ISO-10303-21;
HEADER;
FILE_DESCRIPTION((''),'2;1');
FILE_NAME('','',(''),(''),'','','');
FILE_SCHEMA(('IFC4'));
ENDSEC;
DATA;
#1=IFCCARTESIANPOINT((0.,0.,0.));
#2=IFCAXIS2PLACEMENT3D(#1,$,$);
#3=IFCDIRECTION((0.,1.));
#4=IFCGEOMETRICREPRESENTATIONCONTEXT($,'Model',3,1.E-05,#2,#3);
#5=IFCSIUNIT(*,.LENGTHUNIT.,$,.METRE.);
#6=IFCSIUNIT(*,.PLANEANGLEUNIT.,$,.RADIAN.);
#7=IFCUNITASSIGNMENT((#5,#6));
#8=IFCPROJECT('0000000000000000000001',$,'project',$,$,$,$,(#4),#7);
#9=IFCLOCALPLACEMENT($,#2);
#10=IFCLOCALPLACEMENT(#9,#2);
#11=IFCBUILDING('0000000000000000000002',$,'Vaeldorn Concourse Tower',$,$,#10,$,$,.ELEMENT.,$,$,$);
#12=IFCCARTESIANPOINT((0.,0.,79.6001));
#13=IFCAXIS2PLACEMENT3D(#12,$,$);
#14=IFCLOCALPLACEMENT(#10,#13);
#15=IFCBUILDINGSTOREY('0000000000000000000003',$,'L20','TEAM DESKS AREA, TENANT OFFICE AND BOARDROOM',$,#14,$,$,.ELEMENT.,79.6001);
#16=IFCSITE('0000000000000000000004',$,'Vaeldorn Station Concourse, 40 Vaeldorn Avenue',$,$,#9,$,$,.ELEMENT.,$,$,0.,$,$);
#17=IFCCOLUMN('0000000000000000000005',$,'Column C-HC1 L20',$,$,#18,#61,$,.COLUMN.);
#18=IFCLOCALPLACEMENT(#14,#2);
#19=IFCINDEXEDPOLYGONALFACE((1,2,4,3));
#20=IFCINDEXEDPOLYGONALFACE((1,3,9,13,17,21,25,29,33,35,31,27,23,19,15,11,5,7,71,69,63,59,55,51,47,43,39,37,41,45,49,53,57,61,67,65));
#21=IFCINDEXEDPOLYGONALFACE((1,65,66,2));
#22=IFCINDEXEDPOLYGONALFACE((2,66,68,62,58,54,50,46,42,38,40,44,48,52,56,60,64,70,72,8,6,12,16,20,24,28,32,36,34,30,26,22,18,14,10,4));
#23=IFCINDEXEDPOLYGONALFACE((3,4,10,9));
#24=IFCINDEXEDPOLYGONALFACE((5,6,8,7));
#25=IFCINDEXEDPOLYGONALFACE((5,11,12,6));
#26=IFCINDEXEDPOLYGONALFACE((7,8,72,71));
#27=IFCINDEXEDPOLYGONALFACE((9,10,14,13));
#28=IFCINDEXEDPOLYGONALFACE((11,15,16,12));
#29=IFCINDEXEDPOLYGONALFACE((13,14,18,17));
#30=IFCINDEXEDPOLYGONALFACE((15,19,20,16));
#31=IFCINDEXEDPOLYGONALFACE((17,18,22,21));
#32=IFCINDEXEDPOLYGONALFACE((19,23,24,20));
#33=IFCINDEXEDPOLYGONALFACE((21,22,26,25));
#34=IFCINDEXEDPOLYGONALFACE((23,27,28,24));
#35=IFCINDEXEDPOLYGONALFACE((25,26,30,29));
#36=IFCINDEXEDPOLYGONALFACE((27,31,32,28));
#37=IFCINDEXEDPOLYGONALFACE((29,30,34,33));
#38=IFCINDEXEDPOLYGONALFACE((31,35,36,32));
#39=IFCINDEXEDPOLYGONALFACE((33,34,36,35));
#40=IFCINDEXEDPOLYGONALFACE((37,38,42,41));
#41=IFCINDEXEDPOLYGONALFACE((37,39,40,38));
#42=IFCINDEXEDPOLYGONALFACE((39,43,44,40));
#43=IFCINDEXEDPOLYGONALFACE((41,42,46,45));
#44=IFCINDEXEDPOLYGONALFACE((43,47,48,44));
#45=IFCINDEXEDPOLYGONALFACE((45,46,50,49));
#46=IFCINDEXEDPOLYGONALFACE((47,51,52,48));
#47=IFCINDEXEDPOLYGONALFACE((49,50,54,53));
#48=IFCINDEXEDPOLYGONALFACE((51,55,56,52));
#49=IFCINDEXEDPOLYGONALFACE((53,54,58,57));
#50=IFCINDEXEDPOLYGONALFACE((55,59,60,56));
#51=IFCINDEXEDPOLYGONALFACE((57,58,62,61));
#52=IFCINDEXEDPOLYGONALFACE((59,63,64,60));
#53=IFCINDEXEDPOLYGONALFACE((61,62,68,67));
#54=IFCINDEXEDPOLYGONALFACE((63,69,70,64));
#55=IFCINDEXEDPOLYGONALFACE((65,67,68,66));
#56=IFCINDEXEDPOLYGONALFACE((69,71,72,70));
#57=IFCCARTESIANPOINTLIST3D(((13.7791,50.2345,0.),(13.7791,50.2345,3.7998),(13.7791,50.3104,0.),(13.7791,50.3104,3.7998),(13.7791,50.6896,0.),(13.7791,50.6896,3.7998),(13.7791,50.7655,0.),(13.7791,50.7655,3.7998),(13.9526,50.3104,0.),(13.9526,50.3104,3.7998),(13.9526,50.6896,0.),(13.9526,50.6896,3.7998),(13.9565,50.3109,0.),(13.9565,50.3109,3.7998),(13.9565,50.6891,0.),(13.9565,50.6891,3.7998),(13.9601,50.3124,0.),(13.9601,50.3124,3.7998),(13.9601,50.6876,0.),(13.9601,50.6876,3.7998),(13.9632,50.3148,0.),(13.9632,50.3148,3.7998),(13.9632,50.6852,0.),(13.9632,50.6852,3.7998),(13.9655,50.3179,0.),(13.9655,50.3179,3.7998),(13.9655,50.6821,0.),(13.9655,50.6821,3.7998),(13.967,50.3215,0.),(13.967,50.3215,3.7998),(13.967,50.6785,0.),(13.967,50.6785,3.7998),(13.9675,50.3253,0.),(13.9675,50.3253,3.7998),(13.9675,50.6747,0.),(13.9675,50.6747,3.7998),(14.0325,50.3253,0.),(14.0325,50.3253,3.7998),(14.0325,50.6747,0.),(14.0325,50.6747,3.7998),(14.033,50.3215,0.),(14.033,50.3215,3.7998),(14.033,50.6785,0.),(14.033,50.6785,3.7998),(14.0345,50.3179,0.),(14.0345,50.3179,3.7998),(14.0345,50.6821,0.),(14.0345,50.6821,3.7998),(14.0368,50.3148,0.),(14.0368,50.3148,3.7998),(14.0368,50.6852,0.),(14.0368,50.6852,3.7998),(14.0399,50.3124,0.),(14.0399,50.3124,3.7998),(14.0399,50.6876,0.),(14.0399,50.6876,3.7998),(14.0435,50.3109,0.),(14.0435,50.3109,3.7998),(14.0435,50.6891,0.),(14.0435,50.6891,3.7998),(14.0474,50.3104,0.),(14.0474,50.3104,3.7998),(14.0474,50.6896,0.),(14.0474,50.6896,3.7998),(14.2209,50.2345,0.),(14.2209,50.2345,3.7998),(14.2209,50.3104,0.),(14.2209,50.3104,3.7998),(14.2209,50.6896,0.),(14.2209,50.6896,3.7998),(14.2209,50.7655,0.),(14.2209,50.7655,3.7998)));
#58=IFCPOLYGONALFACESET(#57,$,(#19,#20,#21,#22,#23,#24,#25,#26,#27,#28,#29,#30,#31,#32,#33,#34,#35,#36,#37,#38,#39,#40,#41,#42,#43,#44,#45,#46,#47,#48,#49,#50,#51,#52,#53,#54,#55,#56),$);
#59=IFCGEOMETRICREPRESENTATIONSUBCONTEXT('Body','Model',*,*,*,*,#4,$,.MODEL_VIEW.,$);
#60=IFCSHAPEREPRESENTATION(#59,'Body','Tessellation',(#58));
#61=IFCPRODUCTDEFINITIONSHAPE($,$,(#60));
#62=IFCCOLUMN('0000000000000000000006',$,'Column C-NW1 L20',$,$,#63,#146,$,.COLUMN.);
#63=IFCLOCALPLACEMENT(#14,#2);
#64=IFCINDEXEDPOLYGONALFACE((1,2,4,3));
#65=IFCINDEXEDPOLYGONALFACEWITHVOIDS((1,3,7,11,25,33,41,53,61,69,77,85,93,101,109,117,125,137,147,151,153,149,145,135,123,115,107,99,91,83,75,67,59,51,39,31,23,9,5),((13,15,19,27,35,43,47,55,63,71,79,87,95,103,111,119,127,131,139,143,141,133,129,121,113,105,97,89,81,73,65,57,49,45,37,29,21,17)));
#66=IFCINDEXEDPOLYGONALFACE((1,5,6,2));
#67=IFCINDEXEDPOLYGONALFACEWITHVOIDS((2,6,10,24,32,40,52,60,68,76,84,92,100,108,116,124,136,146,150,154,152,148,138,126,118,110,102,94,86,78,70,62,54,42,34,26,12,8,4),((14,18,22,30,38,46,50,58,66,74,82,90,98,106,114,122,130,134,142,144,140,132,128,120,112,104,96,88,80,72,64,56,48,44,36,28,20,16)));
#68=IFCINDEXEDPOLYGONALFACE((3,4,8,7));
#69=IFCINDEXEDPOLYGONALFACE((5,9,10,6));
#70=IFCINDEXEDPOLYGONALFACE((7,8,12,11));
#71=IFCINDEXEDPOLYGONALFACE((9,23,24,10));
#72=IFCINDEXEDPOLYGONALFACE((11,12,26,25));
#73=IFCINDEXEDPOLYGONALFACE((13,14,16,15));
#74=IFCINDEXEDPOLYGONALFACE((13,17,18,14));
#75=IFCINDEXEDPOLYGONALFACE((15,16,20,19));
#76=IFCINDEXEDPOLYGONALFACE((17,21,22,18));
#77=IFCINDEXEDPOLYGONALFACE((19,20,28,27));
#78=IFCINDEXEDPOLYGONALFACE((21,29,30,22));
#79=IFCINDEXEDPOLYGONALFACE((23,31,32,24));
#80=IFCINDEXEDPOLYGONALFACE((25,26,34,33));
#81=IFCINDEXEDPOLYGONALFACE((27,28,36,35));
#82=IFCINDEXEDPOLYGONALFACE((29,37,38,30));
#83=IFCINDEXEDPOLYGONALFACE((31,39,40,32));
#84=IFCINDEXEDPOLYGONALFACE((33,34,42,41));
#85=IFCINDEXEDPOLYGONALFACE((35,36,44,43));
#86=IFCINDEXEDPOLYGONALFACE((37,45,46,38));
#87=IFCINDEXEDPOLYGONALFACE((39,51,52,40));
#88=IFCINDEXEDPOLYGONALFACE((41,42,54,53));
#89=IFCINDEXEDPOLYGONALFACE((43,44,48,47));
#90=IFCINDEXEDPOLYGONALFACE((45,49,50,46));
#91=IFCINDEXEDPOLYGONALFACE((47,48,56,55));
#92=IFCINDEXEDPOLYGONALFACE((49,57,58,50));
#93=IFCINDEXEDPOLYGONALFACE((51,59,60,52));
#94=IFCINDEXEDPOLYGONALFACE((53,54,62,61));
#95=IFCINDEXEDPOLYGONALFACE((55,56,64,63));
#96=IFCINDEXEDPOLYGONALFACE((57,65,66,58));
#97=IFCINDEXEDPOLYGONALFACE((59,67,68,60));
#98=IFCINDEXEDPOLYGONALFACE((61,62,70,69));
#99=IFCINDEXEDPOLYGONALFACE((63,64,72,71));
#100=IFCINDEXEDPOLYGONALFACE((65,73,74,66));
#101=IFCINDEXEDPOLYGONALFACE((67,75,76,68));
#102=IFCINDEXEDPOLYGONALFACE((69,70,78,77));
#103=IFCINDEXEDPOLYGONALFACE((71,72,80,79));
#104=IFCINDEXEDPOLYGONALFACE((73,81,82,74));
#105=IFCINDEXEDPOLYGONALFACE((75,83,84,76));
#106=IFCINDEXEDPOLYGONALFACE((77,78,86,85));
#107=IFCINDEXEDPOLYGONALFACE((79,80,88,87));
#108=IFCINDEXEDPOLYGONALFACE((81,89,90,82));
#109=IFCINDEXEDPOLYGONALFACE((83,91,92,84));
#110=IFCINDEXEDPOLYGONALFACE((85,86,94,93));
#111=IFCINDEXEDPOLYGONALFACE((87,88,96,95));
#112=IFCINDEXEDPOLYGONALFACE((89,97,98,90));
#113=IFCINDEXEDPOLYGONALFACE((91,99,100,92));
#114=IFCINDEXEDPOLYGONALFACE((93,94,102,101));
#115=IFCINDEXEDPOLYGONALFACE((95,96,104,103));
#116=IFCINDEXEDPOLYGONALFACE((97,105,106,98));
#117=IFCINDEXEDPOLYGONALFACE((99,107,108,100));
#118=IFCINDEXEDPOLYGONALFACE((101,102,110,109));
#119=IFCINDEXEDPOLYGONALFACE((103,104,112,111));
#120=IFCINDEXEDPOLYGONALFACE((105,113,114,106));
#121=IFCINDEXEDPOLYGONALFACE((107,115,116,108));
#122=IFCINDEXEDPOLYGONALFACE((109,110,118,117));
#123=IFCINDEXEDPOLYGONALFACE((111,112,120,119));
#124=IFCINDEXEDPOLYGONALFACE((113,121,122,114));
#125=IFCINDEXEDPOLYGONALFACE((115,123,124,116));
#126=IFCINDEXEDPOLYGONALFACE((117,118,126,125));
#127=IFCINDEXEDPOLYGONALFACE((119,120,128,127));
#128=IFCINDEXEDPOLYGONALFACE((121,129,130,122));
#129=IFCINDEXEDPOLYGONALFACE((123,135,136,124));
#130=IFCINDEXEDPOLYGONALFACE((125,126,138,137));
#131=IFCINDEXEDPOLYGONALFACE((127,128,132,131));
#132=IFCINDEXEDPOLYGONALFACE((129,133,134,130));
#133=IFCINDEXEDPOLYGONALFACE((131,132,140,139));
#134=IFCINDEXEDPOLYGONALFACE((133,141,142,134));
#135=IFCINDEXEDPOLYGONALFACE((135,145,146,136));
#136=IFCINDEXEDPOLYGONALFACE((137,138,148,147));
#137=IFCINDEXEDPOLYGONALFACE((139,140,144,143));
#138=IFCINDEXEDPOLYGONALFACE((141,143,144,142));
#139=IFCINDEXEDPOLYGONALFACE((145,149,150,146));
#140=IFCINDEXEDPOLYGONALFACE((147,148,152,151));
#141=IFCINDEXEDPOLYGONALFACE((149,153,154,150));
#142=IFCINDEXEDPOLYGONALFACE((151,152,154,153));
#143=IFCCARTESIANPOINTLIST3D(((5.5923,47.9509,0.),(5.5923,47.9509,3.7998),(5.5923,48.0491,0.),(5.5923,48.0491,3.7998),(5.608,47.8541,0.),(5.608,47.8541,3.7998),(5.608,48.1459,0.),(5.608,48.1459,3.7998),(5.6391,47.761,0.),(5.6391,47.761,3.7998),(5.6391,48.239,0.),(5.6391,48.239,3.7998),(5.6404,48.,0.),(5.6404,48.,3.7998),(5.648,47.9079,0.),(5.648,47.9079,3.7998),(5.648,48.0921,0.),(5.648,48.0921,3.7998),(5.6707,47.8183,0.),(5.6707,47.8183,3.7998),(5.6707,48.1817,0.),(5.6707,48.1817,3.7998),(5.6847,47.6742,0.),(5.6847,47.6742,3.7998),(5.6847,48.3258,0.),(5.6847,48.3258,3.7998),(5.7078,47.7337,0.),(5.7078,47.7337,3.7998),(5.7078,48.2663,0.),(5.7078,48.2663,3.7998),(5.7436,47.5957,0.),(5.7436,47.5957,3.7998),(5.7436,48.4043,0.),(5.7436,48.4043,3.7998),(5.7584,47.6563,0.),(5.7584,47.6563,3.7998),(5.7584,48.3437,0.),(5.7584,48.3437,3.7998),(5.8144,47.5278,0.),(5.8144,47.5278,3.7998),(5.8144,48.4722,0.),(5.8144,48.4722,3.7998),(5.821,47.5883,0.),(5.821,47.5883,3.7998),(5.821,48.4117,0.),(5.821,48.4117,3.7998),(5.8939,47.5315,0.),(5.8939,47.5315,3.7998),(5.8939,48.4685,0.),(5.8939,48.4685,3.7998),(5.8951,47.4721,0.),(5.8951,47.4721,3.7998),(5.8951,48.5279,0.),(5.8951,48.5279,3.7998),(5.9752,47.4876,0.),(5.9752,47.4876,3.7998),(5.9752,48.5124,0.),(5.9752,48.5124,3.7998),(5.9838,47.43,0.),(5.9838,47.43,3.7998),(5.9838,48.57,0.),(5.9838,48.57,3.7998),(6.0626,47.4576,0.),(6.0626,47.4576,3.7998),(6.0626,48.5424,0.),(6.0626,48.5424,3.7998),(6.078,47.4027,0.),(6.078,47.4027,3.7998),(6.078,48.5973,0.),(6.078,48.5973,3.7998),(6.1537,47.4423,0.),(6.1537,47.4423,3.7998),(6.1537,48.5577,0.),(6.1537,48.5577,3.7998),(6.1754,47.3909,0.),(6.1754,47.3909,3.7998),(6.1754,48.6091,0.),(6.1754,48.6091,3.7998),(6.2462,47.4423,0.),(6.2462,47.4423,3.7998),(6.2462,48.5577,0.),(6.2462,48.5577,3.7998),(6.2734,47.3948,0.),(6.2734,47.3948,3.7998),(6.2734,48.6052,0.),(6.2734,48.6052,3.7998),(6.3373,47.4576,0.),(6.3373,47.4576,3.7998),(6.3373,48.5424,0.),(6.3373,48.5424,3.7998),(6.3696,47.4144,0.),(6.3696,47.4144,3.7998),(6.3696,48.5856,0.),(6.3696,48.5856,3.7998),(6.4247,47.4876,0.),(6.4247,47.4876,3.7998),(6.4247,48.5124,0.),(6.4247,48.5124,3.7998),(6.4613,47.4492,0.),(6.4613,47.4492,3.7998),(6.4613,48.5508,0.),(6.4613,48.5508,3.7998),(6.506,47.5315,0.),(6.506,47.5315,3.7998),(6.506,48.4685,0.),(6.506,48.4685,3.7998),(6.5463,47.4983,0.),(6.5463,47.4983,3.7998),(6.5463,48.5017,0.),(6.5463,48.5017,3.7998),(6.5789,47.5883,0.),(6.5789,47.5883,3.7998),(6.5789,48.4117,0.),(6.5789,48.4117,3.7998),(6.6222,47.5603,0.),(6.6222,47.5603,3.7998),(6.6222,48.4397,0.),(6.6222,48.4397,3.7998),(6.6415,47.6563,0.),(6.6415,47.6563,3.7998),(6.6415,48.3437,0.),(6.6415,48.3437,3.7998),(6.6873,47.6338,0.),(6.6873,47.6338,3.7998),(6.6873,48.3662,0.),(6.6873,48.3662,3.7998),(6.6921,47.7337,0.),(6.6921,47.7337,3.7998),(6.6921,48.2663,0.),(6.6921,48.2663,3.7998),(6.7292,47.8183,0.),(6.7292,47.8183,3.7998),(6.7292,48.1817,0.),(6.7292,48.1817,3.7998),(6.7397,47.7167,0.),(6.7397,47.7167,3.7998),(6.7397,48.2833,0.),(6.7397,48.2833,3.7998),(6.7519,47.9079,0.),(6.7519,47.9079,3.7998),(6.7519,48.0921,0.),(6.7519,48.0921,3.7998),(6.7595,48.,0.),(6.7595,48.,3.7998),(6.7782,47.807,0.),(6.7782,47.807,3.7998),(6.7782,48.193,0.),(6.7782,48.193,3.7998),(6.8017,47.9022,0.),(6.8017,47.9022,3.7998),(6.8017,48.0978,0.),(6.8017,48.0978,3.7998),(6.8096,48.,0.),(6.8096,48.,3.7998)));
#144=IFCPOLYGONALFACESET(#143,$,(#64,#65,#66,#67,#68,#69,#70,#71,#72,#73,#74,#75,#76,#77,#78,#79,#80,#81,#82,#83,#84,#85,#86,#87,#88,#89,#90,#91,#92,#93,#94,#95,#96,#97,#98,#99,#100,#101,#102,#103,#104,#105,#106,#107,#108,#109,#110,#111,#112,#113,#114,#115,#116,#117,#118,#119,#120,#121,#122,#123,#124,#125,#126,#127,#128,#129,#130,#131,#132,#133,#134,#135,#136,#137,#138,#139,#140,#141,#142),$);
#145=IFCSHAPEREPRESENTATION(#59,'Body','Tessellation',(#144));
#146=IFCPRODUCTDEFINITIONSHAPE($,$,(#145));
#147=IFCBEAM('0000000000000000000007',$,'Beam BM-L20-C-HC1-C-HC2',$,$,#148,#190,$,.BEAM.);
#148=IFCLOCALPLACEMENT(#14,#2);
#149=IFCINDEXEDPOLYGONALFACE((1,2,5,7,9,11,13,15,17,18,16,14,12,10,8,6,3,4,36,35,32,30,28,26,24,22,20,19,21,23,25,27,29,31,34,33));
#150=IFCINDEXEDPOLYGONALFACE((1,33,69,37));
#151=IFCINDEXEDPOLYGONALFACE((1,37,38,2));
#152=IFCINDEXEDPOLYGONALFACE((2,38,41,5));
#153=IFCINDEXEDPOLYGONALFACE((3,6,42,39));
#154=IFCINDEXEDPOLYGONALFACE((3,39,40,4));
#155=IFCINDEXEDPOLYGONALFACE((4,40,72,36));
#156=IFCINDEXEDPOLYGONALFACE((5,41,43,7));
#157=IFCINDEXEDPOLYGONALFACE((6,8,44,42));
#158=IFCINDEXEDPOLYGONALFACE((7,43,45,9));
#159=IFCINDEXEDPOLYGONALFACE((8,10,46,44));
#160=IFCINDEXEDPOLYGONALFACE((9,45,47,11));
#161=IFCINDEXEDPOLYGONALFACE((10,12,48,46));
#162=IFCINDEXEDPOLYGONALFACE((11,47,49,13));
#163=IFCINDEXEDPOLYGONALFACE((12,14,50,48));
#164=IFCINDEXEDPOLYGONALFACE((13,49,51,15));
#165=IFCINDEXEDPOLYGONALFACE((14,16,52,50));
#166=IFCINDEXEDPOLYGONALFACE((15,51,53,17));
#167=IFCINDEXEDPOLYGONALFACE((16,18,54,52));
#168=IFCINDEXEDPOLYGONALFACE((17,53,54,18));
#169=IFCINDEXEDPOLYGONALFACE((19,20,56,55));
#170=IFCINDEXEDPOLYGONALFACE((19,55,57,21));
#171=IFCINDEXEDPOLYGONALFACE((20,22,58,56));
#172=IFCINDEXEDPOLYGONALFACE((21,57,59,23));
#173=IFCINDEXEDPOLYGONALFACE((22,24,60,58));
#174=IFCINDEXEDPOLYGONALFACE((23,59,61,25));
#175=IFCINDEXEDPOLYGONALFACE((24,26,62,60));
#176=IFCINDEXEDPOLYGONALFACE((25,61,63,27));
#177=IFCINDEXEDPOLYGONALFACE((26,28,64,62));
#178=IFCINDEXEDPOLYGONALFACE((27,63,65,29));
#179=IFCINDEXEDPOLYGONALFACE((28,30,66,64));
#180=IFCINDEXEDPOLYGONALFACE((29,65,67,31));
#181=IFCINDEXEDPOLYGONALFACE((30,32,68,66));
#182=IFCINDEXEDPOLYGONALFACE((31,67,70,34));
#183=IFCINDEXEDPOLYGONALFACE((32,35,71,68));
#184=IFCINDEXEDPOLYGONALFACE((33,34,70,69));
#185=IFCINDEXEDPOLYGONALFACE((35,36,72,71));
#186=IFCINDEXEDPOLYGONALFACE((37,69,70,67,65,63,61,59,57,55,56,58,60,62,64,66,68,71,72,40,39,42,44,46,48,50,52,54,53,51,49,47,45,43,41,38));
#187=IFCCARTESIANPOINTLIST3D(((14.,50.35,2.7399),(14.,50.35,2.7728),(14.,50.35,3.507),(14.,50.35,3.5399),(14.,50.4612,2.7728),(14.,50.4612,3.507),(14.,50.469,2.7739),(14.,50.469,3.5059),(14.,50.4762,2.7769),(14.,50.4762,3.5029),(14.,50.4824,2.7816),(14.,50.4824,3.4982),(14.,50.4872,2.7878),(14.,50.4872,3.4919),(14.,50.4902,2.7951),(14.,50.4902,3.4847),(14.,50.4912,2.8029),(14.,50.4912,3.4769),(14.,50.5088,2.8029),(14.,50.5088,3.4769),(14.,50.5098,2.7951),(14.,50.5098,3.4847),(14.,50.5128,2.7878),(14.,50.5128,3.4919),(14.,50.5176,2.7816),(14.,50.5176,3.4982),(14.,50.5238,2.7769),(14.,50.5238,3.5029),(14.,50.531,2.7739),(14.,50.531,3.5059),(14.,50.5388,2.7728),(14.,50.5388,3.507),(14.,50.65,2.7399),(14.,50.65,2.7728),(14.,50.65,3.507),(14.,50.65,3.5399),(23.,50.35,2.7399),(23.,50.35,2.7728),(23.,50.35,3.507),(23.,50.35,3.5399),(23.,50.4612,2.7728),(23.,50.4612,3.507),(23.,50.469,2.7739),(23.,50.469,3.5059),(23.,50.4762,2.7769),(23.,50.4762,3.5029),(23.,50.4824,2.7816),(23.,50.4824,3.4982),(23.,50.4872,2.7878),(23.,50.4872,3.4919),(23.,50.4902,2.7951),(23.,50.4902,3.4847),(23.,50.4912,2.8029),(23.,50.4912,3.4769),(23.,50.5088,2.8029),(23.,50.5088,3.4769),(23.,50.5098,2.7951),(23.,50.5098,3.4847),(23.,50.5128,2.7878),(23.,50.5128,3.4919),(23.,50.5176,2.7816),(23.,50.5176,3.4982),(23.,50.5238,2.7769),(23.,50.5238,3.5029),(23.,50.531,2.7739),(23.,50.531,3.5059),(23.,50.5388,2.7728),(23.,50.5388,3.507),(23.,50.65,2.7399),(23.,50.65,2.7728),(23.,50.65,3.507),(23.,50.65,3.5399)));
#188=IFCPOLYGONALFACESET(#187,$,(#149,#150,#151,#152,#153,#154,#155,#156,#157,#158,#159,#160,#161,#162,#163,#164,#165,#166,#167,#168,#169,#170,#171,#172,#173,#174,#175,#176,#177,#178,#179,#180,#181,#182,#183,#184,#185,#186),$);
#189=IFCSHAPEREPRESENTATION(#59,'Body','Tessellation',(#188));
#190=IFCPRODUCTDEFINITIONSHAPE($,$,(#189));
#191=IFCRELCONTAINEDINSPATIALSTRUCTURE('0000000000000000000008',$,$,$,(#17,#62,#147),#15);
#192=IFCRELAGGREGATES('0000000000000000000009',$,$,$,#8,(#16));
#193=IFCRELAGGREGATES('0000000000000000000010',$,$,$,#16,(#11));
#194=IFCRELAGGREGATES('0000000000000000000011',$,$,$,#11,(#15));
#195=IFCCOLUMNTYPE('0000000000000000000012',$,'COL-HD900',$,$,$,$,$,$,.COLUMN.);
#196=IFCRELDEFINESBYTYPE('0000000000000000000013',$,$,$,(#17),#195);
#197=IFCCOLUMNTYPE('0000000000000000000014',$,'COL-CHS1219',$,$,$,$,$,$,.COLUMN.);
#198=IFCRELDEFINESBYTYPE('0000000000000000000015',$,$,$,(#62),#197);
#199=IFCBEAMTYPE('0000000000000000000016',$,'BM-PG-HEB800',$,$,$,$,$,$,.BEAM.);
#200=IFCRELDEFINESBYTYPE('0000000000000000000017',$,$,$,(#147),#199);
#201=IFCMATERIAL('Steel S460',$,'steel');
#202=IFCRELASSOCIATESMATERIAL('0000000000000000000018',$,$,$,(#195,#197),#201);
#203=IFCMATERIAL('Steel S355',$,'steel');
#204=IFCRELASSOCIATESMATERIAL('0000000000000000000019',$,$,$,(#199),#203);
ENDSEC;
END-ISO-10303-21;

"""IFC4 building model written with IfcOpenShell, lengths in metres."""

from ifc_helpers import new_model, si_unit, direction, frame, origin, origin_2d, place, context, subcontext, project, spatial, hollow_circle, i_section, extrude, source, transform, mapped, material, material_profile, profile_set, type_object, element, save


model = new_model("IFC4")

# Units and contexts
model_context = context("Model", 3, precision=1e-05, world=origin(), true_north=direction((0.0, 1.0)))
body_context = subcontext(model_context, "Body", "Model", "MODEL_VIEW")
ifc_project = project(units=[si_unit("LENGTHUNIT", "METRE"), si_unit("PLANEANGLEUNIT", "RADIAN")], contexts=[model_context])

# Site, building, storey
site_placement = place(None, origin())
site = spatial("IfcSite", under=ifc_project, at=site_placement, Name="Vaeldorn Station Concourse, 40 Vaeldorn Avenue", CompositionType="ELEMENT", RefElevation=0.0)
building_placement = place(site_placement, origin())
building = spatial("IfcBuilding", under=site, at=building_placement, Name="Vaeldorn Concourse Tower", CompositionType="ELEMENT")
storey_placement = place(building_placement, frame((0.0, 0.0, 79.6001)))
storey = spatial("IfcBuildingStorey", under=building, at=storey_placement, Name="L20", Description="TEAM DESKS AREA, TENANT OFFICE AND BOARDROOM", CompositionType="ELEMENT", Elevation=79.6001)

# Columns
ifc_material_1 = material(Name="Steel S460", Category="steel")
ifc_material_profile_1 = material_profile(ifc_material_1, i_section(OverallWidth=0.4419, OverallDepth=0.531, WebThickness=0.0649, FlangeThickness=0.0759, FilletRadius=0.0149, at=origin_2d()), Name="HD 400x900")
ifc_profile_set_1 = profile_set([ifc_material_profile_1], Name="Steel S460")
column_type_1 = type_object("IfcColumnType", Name="COL-HD900", PredefinedType="COLUMN", material=ifc_profile_set_1)
shared_shape_1 = source(origin(), body_context, "Body", "SweptSolid", [
    extrude(i_section(OverallWidth=0.4419, OverallDepth=0.531, WebThickness=0.0649, FlangeThickness=0.0759, FilletRadius=0.0149, at=origin_2d()), origin(), (0.0, 0.0, 1.0), 3.7998),
])
column_1_placement = place(storey_placement, frame((14.0, 50.5, 0.0), z_axis=(0.0, 0.0, 1.0), x_axis=(1.0, 0.0, 0.0)))
element("IfcColumn", 1, at=column_1_placement, inside=storey, type_object=column_type_1, Name="Column C-HC1 L20", PredefinedType="COLUMN", context=body_context, shape_type="MappedRepresentation", body=[
    mapped(shared_shape_1, transform((0.0, 0.0, 0.0), scale=1.0)),
])
ifc_material_profile_2 = material_profile(ifc_material_1, hollow_circle(Radius=0.6096, WallThickness=0.05, at=origin_2d()), Name="CHS 1219x50")
ifc_profile_set_2 = profile_set([ifc_material_profile_2], Name="Steel S460")
column_type_2 = type_object("IfcColumnType", Name="COL-CHS1219", PredefinedType="COLUMN", material=ifc_profile_set_2)
shared_shape_2 = source(origin(), body_context, "Body", "SweptSolid", [
    extrude(hollow_circle(Radius=0.6096, WallThickness=0.05, at=origin_2d()), origin(), (0.0, 0.0, 1.0), 3.7998),
])
column_2_placement = place(storey_placement, frame((6.2, 48.0, 0.0), z_axis=(0.0, 0.0, 1.0), x_axis=(1.0, 0.0, 0.0)))
element("IfcColumn", 2, at=column_2_placement, inside=storey, type_object=column_type_2, Name="Column C-NW1 L20", PredefinedType="COLUMN", context=body_context, shape_type="MappedRepresentation", body=[
    mapped(shared_shape_2, transform((0.0, 0.0, 0.0), scale=1.0)),
])

# Beam
ifc_material_2 = material(Name="Steel S355", Category="steel")
ifc_material_profile_3 = material_profile(ifc_material_2, i_section(OverallWidth=0.3, OverallDepth=0.8, WebThickness=0.0176, FlangeThickness=0.033, FilletRadius=0.03, at=origin_2d()), Name="HEB 800")
ifc_profile_set_3 = profile_set([ifc_material_profile_3], Name="Steel S355")
beam_type_1 = type_object("IfcBeamType", Name="BM-PG-HEB800", PredefinedType="BEAM", material=ifc_profile_set_3)
shared_shape_3 = source(origin(), body_context, "Body", "SweptSolid", [
    extrude(i_section(OverallWidth=0.3, OverallDepth=0.8, WebThickness=0.0176, FlangeThickness=0.033, FilletRadius=0.03, at=origin_2d()), origin(), (0.0, 0.0, 1.0), 9.0),
])
beam_1_placement = place(storey_placement, frame((14.0, 50.5, 3.1399), z_axis=(1.0, 0.0, 0.0), x_axis=(0.0, 1.0, 0.0)))
element("IfcBeam", 3, at=beam_1_placement, inside=storey, type_object=beam_type_1, Name="Beam BM-L20-C-HC1-C-HC2", PredefinedType="BEAM", context=body_context, shape_type="MappedRepresentation", body=[
    mapped(shared_shape_3, transform((0.0, 0.0, 0.0), scale=1.0)),
])

save(model, "model.ifc")
